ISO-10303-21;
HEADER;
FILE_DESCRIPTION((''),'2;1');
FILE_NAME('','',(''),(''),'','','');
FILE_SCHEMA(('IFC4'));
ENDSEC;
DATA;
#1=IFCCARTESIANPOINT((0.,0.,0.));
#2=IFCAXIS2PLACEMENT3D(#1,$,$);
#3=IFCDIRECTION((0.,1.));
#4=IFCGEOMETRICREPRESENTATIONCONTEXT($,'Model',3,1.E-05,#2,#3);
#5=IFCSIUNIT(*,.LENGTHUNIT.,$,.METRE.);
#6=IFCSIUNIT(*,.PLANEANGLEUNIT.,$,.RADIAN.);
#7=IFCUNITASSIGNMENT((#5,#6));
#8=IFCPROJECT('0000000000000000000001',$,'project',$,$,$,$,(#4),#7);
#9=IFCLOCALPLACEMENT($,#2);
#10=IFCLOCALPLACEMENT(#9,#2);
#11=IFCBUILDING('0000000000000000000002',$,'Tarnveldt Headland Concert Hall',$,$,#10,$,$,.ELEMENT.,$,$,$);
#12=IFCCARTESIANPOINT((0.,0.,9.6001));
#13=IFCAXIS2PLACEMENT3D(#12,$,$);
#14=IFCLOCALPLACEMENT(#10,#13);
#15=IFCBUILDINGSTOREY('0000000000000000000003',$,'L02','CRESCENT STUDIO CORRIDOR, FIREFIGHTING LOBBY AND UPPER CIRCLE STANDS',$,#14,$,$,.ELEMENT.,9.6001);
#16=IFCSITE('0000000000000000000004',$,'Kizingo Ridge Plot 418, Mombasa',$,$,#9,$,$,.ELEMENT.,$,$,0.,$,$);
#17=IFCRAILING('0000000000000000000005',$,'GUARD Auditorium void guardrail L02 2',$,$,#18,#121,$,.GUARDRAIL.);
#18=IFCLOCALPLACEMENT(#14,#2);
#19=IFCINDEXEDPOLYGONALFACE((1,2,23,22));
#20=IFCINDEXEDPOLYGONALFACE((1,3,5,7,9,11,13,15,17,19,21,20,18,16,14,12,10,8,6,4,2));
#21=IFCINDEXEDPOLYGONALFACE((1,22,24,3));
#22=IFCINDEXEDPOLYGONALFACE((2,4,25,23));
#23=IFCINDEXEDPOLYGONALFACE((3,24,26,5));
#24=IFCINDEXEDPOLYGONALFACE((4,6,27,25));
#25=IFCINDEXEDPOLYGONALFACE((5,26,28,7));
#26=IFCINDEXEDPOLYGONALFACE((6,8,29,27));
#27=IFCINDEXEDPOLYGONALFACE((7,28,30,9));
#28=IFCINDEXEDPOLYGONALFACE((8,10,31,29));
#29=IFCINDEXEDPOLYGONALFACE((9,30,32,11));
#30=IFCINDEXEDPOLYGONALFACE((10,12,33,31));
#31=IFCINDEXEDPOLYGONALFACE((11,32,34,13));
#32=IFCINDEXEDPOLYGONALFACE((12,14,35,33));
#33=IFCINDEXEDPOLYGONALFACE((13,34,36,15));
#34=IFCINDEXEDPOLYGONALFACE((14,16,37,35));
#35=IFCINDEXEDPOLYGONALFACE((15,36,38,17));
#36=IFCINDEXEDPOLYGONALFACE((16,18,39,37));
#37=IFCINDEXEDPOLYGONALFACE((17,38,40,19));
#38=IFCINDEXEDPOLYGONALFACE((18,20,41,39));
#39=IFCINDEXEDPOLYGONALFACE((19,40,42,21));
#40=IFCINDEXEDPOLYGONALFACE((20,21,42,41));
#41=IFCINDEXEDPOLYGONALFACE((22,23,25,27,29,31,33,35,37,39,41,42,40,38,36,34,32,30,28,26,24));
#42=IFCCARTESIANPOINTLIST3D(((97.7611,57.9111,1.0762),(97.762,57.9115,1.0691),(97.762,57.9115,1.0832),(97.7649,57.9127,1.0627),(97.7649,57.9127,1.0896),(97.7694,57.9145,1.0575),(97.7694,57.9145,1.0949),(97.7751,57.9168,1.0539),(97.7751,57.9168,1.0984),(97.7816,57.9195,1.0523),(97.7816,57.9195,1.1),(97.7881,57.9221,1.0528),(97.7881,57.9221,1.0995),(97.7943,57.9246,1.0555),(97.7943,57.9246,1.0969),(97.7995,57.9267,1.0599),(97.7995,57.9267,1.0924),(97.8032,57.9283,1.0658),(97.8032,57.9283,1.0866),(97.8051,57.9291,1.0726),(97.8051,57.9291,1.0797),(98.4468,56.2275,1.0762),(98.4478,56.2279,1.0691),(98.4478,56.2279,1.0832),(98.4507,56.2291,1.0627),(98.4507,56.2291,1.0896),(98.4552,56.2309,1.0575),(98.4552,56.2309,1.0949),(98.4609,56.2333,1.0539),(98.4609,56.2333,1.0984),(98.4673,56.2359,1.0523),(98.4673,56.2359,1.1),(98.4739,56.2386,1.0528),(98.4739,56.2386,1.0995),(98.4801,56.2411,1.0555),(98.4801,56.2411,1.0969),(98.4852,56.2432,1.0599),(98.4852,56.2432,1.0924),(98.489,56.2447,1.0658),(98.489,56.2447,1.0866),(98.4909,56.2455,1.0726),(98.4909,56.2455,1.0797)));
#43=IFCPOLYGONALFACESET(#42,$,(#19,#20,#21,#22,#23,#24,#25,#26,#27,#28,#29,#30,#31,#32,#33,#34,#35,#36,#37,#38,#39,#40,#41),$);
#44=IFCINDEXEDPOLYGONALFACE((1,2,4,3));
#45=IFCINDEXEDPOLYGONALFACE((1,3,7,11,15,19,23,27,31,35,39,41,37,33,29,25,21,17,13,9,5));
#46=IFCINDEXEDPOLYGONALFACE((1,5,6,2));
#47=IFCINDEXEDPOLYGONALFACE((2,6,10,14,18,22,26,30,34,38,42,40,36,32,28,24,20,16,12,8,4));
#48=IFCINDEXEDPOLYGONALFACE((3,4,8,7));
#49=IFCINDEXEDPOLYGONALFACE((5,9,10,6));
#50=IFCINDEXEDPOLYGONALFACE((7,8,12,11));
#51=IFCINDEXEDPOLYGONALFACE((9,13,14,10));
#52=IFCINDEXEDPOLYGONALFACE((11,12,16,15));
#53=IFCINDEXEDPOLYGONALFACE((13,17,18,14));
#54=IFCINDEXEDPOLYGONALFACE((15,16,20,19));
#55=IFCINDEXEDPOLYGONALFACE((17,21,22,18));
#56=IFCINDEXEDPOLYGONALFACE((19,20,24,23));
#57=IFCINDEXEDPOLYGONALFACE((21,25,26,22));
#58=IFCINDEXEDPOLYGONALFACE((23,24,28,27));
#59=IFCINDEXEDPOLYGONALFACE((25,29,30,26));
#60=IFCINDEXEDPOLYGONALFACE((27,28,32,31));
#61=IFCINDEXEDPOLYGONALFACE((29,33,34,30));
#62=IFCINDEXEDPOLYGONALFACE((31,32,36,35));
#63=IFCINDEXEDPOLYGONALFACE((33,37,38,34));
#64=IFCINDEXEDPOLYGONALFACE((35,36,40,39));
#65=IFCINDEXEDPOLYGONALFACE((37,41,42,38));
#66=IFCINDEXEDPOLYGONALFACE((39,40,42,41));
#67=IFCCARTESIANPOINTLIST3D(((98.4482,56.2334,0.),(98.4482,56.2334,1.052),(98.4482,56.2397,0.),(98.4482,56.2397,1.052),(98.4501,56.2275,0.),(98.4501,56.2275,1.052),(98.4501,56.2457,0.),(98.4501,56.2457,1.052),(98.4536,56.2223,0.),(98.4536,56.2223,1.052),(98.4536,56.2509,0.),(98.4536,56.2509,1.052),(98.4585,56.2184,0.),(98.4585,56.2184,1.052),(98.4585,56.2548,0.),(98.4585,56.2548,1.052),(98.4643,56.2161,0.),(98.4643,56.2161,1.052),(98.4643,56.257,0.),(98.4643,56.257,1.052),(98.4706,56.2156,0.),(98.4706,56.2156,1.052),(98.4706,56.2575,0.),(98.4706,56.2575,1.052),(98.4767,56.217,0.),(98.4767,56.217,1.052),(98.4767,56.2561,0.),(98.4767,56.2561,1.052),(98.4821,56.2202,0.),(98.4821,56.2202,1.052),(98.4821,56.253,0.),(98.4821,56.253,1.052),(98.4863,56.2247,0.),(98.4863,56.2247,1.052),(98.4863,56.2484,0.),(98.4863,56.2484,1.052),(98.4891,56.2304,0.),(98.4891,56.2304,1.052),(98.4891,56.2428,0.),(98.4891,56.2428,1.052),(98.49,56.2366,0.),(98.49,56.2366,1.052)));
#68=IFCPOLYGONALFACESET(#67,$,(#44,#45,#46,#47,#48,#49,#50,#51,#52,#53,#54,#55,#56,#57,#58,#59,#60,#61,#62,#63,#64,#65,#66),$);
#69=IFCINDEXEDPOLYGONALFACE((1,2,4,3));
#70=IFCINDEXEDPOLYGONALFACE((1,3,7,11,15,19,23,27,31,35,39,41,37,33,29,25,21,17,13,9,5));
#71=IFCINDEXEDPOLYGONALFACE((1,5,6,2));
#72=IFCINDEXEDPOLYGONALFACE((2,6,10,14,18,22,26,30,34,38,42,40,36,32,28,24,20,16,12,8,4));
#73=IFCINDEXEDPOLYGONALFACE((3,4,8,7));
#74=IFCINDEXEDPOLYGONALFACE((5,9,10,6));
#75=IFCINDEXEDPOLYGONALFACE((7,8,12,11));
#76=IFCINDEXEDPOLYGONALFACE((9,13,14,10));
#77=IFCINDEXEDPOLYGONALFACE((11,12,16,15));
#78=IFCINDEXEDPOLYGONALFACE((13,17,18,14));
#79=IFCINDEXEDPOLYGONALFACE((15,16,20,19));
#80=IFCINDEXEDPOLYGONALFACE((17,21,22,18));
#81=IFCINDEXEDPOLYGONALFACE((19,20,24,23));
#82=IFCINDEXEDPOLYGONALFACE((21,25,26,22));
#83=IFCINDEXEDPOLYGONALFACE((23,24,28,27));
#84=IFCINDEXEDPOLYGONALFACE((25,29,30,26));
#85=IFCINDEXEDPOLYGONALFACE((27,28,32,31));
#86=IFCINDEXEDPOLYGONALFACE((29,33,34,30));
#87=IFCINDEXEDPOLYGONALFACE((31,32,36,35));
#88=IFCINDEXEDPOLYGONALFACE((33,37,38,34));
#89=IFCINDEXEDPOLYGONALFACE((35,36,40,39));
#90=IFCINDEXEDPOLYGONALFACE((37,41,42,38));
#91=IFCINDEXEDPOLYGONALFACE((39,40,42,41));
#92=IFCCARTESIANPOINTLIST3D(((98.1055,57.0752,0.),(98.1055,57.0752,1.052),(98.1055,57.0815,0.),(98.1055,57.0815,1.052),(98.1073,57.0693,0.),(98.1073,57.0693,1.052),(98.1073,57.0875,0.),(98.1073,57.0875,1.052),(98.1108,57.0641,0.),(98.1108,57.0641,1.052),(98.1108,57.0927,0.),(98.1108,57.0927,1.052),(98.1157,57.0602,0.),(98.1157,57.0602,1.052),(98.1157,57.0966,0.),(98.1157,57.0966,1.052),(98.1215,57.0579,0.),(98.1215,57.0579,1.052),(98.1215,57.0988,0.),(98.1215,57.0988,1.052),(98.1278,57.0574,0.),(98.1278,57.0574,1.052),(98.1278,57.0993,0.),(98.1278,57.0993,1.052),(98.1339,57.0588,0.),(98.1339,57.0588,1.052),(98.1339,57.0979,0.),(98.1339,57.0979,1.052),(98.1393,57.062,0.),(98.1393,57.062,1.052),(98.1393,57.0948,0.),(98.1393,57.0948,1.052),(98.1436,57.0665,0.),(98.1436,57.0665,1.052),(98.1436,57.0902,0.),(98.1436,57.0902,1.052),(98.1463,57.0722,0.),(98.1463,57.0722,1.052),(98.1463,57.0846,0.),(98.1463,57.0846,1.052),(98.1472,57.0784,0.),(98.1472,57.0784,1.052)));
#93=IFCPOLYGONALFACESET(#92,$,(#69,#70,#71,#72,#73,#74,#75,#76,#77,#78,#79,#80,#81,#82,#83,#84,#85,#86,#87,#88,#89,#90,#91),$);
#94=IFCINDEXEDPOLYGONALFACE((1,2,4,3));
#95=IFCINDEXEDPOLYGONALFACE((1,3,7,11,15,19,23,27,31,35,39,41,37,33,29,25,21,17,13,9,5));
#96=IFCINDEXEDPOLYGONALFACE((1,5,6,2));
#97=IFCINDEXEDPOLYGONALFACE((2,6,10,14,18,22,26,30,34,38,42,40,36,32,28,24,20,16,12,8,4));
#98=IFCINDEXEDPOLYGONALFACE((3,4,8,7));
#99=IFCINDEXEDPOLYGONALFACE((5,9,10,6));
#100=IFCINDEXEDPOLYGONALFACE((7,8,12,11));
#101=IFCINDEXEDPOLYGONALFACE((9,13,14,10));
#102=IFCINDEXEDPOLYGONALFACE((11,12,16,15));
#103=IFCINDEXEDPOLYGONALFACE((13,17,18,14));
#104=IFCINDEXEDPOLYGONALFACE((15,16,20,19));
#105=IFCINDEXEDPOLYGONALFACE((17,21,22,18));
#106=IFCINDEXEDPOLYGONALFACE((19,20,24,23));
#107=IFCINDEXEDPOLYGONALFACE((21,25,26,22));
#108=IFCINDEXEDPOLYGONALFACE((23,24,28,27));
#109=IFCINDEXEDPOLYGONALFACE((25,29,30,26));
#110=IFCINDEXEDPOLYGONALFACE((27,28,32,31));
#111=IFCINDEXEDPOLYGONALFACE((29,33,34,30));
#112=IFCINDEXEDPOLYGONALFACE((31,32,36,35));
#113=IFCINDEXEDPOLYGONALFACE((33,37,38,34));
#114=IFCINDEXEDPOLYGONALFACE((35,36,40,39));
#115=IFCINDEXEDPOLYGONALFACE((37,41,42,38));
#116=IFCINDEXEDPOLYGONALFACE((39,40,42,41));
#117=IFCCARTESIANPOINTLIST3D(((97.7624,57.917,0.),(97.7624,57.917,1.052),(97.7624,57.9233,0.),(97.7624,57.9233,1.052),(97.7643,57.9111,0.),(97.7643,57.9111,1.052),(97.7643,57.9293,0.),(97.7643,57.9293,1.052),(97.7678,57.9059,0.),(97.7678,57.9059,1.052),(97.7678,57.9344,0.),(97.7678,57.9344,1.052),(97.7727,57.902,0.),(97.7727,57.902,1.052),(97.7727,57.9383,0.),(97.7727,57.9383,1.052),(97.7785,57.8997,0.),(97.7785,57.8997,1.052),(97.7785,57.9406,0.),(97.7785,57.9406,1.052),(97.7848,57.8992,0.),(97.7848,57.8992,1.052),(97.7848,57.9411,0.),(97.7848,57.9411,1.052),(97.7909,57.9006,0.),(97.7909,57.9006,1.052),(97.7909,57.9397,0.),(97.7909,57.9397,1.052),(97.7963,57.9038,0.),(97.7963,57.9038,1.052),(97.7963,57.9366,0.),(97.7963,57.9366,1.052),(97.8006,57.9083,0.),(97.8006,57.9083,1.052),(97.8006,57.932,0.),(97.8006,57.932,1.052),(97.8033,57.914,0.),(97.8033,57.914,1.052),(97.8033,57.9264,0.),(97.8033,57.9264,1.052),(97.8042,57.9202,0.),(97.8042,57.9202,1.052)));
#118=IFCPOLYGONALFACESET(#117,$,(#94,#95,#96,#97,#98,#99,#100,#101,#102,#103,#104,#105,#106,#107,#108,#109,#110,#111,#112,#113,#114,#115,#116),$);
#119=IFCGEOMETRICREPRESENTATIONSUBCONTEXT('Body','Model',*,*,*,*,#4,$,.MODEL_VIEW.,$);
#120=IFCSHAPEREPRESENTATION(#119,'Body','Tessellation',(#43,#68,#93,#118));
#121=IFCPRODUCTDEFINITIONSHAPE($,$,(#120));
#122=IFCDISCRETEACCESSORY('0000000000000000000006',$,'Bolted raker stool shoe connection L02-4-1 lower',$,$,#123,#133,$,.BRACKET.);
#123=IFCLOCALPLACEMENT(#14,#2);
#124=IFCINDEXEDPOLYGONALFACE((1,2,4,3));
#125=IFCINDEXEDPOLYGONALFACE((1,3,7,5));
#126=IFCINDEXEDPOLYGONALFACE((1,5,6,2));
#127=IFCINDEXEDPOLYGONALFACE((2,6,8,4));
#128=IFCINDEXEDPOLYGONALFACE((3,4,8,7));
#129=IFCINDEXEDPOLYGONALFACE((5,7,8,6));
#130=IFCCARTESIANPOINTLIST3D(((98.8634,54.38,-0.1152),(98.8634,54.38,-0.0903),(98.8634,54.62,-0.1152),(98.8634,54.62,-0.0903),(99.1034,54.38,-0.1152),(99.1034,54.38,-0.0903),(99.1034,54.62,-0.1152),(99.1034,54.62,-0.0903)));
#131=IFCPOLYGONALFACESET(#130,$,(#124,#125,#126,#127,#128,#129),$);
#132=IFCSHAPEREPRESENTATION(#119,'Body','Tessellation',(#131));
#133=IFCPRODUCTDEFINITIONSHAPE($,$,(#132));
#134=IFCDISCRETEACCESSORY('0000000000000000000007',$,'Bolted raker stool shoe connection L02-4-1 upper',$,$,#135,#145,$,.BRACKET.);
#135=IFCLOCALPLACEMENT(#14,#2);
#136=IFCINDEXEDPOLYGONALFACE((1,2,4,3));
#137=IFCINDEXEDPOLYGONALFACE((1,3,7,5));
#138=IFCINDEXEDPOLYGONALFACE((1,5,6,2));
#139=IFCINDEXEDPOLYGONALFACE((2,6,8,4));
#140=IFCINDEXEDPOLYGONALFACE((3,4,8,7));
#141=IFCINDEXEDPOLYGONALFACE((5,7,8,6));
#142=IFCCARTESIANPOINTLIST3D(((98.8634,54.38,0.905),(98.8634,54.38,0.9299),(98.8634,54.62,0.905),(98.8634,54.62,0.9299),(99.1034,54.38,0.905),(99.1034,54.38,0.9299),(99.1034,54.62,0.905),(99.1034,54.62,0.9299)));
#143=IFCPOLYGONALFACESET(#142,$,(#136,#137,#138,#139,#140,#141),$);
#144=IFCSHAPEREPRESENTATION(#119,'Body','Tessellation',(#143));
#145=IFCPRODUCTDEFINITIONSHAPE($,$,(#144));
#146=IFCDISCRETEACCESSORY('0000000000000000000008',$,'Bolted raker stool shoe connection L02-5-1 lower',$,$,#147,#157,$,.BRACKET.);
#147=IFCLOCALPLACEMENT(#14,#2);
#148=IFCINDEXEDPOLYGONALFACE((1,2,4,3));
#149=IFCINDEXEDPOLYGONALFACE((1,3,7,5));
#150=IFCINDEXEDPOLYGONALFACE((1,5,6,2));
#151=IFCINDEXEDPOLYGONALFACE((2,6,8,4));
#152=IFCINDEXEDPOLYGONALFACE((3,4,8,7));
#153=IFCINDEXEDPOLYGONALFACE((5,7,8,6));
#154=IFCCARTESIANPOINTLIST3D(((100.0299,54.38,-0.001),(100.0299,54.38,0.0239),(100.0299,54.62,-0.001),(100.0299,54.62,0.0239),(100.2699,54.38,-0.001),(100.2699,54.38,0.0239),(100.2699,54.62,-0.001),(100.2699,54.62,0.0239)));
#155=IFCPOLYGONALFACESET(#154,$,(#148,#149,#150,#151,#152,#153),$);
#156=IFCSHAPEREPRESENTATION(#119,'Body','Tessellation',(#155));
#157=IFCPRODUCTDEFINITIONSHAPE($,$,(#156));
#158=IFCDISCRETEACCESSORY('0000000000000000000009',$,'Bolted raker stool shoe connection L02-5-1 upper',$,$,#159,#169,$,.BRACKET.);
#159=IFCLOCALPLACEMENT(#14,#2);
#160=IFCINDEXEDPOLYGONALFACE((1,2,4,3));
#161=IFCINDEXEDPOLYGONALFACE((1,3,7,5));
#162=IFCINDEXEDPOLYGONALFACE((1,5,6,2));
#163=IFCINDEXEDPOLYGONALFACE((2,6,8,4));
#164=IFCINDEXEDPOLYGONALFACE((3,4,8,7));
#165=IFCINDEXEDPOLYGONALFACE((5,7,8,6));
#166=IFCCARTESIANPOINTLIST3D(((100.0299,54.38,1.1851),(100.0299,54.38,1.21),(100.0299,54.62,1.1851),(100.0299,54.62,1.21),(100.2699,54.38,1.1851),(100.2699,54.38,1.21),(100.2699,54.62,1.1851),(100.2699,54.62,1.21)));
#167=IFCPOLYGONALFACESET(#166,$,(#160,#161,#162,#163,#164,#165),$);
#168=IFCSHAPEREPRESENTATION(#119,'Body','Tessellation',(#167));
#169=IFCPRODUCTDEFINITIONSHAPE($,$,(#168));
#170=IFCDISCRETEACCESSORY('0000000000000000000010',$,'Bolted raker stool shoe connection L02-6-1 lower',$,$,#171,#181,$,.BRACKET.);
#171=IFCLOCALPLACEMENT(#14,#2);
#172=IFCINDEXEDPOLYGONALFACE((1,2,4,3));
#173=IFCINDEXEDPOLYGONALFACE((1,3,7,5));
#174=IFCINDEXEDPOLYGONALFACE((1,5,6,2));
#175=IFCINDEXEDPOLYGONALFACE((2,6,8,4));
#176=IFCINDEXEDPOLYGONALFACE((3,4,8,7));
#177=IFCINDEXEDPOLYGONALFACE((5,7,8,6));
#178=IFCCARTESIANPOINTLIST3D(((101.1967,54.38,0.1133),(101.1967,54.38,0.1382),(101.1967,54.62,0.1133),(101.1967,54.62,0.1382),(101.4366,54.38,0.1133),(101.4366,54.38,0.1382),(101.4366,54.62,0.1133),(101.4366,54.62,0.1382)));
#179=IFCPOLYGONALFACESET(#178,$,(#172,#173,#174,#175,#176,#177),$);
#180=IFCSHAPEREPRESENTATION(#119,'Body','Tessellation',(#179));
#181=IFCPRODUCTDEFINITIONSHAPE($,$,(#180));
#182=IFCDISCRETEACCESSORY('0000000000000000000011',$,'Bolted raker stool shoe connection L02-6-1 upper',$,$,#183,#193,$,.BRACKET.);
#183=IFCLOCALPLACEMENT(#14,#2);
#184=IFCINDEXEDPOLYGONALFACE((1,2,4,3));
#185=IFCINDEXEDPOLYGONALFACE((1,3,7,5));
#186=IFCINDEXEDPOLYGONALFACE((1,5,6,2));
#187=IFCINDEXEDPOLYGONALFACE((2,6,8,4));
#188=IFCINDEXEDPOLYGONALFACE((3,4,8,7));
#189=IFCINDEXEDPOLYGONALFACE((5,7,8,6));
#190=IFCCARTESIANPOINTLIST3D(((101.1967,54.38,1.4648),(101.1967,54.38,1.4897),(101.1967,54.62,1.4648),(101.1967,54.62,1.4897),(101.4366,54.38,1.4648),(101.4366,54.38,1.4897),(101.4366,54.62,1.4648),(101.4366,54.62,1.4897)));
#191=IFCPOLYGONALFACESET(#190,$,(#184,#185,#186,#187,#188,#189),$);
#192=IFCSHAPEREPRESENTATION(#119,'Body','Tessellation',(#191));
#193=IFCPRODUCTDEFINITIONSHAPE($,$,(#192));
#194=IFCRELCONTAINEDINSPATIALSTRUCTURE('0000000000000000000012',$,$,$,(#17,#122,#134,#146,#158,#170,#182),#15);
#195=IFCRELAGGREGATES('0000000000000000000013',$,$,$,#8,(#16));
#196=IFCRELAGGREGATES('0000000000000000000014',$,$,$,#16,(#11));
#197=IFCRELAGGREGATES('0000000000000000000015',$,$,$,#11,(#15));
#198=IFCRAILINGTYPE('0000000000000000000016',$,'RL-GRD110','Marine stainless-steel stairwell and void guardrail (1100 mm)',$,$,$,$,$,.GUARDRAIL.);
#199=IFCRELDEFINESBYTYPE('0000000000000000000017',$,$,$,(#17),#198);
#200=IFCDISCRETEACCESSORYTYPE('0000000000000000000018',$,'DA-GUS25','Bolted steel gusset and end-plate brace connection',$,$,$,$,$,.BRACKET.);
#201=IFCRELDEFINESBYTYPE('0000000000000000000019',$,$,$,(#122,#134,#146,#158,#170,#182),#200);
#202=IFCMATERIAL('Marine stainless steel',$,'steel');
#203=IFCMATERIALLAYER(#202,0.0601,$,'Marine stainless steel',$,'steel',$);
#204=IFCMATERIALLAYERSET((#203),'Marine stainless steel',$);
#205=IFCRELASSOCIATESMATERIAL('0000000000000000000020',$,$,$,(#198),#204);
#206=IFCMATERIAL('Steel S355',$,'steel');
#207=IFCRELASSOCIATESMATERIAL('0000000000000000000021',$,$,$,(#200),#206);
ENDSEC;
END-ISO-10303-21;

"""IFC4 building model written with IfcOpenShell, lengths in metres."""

from ifc_helpers import new_model, si_unit, direction, frame, origin, origin_2d, place, context, subcontext, project, spatial, rectangle, circle, extrude, material, layer, layer_set, type_object, element, save


model = new_model("IFC4")

# Units and contexts
model_context = context("Model", 3, precision=1e-05, world=origin(), true_north=direction((0.0, 1.0)))
body_context = subcontext(model_context, "Body", "Model", "MODEL_VIEW")
ifc_project = project(units=[si_unit("LENGTHUNIT", "METRE"), si_unit("PLANEANGLEUNIT", "RADIAN")], contexts=[model_context])

# Site, building, storey
site_placement = place(None, origin())
site = spatial("IfcSite", under=ifc_project, at=site_placement, Name="Kizingo Ridge Plot 418, Mombasa", CompositionType="ELEMENT", RefElevation=0.0)
building_placement = place(site_placement, origin())
building = spatial("IfcBuilding", under=site, at=building_placement, Name="Tarnveldt Headland Concert Hall", CompositionType="ELEMENT")
storey_placement = place(building_placement, frame((0.0, 0.0, 9.6001)))
storey = spatial("IfcBuildingStorey", under=building, at=storey_placement, Name="L02", Description="CRESCENT STUDIO CORRIDOR, FIREFIGHTING LOBBY AND UPPER CIRCLE STANDS", CompositionType="ELEMENT", Elevation=9.6001)

# Shared definitions
ifc_material_1 = material(Name="Steel S355", Category="steel")

# Railing
ifc_material_2 = material(Name="Marine stainless steel", Category="steel")
ifc_layer_1 = layer(ifc_material_2, 0.0601, Name="Marine stainless steel", Category="steel")
ifc_layer_set_1 = layer_set([ifc_layer_1], Name="Marine stainless steel")
railing_type = type_object("IfcRailingType", Name="RL-GRD110", Description="Marine stainless-steel stairwell and void guardrail (1100 mm)", PredefinedType="GUARDRAIL", material=ifc_layer_set_1)
railing_1_placement = place(storey_placement, frame((98.469, 56.2366, 0.0)))
element("IfcRailing", 1, at=railing_1_placement, inside=storey, type_object=railing_type, Name="GUARD Auditorium void guardrail L02 2", PredefinedType="GUARDRAIL", context=body_context, shape_type="SweptSolid", body=[
    extrude(circle(Radius=0.0239, at=origin_2d()), frame((0.0, 0.0, 1.0762), z_axis=(-0.377241, 0.926115, 0.0), x_axis=(-0.926115, -0.377241, 0.0)), (0.0, 0.0, 1.0), 1.8179),
    extrude(circle(Radius=0.021, at=origin_2d()), origin(), (0.0, 0.0, 1.0), 1.052),
    extrude(circle(Radius=0.021, at=origin_2d()), frame((-0.3428, 0.8418, 0.0)), (0.0, 0.0, 1.0), 1.052),
    extrude(circle(Radius=0.021, at=origin_2d()), frame((-0.6858, 1.6836, 0.0)), (0.0, 0.0, 1.0), 1.052),
])

# Discrete accessories
discrete_accessory_type = type_object("IfcDiscreteAccessoryType", Name="DA-GUS25", Description="Bolted steel gusset and end-plate brace connection", PredefinedType="BRACKET", material=ifc_material_1)
for number, where, z_axis, x_axis, name in (
    (2, (98.9834, 54.5, -0.1152), (0.0, 0.0, 1.0), (1.0, 0.0, 0.0), "Bolted raker stool shoe connection L02-4-1 lower"),
    (3, (98.9834, 54.5, 0.905), (0.0, 0.0, 1.0), (1.0, 0.0, 0.0), "Bolted raker stool shoe connection L02-4-1 upper"),
    (4, (100.1499, 54.5, -0.001), (0.0, 0.0, 1.0), (1.0, 0.0, 0.0), "Bolted raker stool shoe connection L02-5-1 lower"),
    (5, (100.1499, 54.5, 1.1851), (0.0, 0.0, 1.0), (1.0, 0.0, 0.0), "Bolted raker stool shoe connection L02-5-1 upper"),
    (6, (101.3167, 54.5, 0.1133), (0.0, 0.0, 1.0), (1.0, 0.0, 0.0), "Bolted raker stool shoe connection L02-6-1 lower"),
    (7, (101.3167, 54.5, 1.4648), (0.0, 0.0, 1.0), (1.0, 0.0, 0.0), "Bolted raker stool shoe connection L02-6-1 upper"),
):
    element("IfcDiscreteAccessory", number, at=place(storey_placement, frame(where, z_axis=z_axis, x_axis=x_axis)), inside=storey, type_object=discrete_accessory_type, Name=name, PredefinedType="BRACKET", context=body_context, shape_type="SweptSolid", body=[
        extrude(rectangle(XDim=0.24, YDim=0.24, at=origin_2d()), origin(), (0.0, 0.0, 1.0), 0.0249),
    ])

save(model, "model.ifc")
